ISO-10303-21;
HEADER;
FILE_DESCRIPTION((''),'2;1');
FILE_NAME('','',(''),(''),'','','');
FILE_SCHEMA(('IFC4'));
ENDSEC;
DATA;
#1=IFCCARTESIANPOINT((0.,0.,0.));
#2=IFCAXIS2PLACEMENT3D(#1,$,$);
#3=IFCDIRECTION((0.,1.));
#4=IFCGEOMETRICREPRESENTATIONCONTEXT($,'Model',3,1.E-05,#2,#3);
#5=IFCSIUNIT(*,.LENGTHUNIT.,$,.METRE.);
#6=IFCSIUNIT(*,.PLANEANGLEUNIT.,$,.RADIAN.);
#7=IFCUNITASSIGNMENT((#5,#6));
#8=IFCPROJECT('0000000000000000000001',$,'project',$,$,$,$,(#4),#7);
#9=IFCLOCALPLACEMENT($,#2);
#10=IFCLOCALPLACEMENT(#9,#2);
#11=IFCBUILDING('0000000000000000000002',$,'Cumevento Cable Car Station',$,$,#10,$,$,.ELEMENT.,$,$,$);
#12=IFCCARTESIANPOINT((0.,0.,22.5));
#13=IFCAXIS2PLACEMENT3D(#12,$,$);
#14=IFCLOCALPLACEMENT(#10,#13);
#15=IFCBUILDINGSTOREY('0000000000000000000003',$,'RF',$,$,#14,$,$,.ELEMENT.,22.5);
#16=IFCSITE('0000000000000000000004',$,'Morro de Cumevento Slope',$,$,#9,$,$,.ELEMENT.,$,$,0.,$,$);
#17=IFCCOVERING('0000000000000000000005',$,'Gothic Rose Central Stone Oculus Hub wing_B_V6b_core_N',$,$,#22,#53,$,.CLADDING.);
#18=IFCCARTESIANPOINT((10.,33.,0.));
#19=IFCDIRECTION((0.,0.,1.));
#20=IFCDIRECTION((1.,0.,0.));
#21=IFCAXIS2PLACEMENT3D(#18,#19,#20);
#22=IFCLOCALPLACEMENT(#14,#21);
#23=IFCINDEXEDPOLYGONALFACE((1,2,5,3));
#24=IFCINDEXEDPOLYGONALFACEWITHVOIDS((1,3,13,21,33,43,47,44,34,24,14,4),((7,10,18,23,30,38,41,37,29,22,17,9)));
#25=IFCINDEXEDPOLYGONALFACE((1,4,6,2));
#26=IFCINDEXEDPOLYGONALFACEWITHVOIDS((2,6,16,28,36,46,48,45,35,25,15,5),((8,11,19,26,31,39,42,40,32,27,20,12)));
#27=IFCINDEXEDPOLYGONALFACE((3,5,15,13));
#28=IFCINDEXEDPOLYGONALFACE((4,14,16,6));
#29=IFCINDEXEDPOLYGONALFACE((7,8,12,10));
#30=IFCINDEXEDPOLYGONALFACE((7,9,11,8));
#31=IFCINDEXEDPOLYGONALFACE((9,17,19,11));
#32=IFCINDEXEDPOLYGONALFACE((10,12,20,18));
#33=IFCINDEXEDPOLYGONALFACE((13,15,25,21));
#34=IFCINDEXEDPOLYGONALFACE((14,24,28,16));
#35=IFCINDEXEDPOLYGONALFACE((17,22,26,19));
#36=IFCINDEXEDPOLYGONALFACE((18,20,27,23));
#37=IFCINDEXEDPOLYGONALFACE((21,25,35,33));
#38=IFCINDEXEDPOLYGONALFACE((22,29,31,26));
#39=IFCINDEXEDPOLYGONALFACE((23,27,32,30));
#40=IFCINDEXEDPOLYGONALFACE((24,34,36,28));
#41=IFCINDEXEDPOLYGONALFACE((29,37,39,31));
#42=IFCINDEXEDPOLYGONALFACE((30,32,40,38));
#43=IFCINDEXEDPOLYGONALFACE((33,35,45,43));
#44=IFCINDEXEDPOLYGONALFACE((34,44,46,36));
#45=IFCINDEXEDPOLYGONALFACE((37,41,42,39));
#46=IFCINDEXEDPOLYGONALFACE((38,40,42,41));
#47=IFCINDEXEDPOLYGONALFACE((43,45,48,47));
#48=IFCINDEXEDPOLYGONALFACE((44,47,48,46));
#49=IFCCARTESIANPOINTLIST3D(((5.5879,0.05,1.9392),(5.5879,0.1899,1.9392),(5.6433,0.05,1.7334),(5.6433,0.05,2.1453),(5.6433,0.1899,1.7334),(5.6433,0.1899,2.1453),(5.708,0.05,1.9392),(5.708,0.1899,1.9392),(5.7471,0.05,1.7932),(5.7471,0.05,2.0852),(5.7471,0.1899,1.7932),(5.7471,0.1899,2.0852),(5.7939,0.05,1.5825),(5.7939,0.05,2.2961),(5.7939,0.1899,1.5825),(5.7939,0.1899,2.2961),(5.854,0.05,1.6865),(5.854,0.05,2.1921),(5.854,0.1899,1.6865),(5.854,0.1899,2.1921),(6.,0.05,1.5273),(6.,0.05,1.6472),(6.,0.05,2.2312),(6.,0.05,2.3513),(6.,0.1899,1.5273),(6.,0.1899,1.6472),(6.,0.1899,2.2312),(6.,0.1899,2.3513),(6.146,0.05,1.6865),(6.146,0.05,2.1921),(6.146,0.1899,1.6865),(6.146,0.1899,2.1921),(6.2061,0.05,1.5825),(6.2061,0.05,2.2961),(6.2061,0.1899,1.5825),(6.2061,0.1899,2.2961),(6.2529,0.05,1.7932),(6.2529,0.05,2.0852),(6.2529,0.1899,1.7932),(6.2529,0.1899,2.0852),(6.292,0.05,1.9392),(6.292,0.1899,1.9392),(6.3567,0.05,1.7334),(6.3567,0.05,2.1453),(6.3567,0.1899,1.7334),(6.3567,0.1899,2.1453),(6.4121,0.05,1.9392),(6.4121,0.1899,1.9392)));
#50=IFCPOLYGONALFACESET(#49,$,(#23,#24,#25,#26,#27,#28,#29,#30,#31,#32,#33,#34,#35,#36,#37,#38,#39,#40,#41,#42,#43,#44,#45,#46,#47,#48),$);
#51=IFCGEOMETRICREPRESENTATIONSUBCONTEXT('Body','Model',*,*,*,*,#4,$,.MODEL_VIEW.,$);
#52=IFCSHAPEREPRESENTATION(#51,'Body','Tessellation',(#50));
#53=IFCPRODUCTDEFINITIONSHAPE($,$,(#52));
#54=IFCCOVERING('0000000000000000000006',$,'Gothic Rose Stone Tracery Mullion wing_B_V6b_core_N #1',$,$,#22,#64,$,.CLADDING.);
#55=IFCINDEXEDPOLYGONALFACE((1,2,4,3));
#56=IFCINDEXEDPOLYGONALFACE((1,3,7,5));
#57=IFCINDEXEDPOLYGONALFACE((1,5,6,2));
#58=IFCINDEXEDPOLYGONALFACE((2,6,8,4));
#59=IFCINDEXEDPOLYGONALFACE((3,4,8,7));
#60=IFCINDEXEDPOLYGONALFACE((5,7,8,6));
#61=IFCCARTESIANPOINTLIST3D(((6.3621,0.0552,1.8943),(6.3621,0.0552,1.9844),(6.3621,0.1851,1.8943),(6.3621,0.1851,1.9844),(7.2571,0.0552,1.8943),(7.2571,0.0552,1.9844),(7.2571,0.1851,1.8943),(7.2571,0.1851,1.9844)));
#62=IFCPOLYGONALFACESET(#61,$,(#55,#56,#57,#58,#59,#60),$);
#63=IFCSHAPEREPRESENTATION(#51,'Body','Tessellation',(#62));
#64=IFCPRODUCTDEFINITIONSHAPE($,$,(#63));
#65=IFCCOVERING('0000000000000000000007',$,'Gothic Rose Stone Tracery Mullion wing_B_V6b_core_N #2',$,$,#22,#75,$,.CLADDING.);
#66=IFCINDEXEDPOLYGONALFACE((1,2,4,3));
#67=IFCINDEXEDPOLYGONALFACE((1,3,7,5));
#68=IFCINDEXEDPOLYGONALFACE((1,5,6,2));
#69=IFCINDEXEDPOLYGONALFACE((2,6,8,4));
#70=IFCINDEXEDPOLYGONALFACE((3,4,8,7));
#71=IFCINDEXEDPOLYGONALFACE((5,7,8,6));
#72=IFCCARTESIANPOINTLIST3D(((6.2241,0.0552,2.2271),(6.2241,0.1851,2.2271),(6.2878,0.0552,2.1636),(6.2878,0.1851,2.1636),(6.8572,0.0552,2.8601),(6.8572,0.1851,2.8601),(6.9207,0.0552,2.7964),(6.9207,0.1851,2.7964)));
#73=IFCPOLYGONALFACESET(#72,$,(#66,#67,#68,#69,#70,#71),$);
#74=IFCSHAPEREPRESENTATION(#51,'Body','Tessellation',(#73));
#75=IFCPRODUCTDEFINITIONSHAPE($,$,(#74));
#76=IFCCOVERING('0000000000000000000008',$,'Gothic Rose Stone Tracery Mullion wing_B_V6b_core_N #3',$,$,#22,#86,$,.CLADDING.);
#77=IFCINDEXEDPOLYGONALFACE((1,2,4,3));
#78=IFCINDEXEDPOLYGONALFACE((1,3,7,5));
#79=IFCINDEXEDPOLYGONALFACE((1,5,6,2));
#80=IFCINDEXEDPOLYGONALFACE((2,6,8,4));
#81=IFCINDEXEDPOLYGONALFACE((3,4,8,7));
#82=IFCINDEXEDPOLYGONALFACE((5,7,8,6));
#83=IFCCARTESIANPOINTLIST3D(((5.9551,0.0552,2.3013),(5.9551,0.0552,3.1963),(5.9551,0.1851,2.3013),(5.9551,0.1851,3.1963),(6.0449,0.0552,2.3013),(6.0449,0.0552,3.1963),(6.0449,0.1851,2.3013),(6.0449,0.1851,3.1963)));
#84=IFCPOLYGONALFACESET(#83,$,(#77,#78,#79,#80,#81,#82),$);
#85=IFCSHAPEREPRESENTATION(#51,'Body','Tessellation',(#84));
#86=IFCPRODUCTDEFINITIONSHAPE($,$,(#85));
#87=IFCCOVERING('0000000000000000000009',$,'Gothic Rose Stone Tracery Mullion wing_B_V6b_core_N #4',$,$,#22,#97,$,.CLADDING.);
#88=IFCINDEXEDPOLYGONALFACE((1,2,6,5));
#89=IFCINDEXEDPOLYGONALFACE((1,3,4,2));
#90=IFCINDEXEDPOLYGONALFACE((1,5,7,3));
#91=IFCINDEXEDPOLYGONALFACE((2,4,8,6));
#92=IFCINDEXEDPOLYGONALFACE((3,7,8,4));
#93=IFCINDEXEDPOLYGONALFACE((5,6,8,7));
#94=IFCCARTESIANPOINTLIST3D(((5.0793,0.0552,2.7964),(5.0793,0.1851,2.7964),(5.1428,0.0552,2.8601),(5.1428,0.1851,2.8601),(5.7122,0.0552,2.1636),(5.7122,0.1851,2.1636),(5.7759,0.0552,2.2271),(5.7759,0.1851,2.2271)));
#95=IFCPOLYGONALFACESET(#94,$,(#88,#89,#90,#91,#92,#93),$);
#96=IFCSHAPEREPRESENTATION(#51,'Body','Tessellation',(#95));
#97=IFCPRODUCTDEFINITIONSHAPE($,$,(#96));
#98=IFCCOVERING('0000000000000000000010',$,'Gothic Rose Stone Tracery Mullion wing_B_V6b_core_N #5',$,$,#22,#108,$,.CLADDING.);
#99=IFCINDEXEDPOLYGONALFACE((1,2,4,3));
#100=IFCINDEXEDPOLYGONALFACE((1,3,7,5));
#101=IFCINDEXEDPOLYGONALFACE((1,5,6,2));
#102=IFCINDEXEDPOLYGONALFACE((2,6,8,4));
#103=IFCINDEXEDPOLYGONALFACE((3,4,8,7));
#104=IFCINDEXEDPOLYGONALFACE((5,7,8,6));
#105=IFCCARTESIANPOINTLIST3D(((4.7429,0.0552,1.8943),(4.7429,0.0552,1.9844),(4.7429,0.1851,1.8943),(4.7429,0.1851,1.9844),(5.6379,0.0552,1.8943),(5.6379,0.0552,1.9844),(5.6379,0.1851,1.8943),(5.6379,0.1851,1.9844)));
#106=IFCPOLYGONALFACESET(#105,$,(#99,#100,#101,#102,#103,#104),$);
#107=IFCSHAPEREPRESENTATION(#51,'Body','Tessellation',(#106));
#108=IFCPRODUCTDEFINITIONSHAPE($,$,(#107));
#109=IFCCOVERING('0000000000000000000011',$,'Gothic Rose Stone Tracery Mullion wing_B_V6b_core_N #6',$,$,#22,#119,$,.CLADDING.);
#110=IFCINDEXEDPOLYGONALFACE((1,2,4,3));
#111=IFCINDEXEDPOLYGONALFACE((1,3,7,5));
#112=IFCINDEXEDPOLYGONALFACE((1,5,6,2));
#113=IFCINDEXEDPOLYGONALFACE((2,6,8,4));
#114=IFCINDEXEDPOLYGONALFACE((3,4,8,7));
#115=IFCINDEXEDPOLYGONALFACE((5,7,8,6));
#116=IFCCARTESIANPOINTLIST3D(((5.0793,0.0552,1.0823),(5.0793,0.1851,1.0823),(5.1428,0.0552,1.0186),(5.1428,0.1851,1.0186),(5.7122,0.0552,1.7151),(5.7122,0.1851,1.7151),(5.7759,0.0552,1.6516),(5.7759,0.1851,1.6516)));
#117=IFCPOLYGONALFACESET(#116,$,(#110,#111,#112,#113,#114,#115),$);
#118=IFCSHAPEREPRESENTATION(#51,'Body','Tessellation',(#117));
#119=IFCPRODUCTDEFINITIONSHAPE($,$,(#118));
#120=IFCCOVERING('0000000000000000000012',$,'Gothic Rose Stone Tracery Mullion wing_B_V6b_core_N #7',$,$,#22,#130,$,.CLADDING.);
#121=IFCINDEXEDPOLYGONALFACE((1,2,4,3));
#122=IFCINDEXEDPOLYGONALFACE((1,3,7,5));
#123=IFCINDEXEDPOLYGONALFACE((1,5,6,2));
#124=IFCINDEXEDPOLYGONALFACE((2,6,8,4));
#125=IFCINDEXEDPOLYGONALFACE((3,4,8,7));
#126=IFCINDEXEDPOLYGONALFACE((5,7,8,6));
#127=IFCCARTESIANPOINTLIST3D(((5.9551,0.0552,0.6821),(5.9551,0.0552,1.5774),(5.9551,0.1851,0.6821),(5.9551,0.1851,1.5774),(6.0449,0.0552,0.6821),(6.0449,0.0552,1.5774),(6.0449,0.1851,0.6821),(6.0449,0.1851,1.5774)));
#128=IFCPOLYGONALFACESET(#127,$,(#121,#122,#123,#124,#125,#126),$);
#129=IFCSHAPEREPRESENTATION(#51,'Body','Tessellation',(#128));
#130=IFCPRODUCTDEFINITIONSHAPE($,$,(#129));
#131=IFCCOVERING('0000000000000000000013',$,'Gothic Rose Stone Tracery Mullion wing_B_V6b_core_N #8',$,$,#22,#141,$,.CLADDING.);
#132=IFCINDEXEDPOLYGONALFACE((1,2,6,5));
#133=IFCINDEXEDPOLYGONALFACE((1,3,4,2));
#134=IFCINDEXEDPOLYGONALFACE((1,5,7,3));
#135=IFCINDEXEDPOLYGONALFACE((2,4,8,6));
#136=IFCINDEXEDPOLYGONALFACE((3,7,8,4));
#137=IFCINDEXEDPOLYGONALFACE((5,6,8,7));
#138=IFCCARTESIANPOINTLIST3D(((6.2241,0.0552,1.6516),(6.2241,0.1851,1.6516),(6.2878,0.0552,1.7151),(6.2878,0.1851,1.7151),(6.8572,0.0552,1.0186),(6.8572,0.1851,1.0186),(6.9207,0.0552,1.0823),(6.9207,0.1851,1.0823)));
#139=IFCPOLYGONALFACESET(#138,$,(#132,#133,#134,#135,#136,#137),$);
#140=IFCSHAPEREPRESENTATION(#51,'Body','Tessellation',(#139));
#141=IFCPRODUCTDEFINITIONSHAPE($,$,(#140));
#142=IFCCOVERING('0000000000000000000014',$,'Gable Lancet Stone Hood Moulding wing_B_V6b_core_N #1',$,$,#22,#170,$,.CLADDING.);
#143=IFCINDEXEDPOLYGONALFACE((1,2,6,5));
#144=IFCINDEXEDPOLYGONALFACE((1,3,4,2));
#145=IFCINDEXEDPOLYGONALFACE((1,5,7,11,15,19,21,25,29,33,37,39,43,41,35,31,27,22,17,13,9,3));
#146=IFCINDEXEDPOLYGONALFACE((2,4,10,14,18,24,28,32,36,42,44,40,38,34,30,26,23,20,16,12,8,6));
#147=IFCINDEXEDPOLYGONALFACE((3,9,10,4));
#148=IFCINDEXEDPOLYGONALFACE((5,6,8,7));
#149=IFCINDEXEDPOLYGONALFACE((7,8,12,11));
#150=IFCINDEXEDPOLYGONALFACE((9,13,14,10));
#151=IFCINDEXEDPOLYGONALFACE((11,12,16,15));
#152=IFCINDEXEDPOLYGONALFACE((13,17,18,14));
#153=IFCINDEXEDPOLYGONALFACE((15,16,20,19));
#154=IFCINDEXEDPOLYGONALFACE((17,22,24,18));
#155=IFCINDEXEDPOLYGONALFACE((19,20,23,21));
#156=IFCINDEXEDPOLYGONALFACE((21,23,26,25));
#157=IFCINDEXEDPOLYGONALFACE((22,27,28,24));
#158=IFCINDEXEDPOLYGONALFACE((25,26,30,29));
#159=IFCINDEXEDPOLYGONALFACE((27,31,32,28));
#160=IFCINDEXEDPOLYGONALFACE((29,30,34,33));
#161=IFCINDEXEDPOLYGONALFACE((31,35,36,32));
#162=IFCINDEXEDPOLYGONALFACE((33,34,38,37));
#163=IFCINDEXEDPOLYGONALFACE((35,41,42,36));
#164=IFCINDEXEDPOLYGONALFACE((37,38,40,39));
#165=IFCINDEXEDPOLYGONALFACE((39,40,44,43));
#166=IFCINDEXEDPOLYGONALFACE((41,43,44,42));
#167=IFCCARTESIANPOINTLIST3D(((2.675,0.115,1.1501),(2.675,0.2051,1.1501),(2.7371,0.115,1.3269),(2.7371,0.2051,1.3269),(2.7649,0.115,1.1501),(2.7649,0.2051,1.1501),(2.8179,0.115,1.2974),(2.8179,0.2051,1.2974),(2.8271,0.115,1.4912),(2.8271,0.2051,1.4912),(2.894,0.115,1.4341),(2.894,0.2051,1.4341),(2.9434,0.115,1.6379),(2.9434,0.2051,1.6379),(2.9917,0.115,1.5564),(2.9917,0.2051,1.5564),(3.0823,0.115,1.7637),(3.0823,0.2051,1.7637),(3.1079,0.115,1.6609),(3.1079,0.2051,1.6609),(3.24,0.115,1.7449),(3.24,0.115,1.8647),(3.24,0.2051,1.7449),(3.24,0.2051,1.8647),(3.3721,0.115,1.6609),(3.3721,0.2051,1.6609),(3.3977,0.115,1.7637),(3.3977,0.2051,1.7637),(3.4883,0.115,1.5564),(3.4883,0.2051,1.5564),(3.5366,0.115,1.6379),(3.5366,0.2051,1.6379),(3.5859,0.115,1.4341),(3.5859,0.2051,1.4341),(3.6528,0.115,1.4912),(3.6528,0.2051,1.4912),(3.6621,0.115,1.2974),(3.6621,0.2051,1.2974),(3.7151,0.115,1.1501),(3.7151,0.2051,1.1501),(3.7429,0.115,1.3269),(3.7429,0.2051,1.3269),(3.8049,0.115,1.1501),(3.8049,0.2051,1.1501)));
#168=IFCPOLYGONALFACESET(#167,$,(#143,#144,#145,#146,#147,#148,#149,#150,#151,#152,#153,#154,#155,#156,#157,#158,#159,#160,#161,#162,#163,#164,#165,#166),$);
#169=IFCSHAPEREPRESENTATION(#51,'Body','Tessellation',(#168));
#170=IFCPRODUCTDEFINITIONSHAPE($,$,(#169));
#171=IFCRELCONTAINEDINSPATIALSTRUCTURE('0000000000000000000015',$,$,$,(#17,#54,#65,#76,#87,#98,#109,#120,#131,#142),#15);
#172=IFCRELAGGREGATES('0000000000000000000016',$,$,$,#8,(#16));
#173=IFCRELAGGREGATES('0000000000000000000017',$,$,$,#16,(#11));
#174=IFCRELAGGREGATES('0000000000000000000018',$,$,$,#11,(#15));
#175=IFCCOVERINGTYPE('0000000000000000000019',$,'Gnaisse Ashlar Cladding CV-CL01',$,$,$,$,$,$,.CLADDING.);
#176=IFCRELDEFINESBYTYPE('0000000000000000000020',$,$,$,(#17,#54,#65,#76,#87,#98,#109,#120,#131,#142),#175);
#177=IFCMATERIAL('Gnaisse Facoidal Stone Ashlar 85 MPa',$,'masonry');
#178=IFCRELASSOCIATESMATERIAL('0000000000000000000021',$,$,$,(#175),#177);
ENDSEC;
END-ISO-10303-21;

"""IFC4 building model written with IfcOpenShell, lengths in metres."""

from ifc_helpers import new_model, si_unit, direction, frame, origin, place, context, subcontext, project, spatial, polyline, outline, extrude, material, type_object, element, save


model = new_model("IFC4")

# Units and contexts
model_context = context("Model", 3, precision=1e-05, world=origin(), true_north=direction((0.0, 1.0)))
body_context = subcontext(model_context, "Body", "Model", "MODEL_VIEW")
ifc_project = project(units=[si_unit("LENGTHUNIT", "METRE"), si_unit("PLANEANGLEUNIT", "RADIAN")], contexts=[model_context])

# Site, building, storey
site_placement = place(None, origin())
site = spatial("IfcSite", under=ifc_project, at=site_placement, Name="Morro de Cumevento Slope", CompositionType="ELEMENT", RefElevation=0.0)
building_placement = place(site_placement, origin())
building = spatial("IfcBuilding", under=site, at=building_placement, Name="Cumevento Cable Car Station", CompositionType="ELEMENT")
storey_placement = place(building_placement, frame((0.0, 0.0, 22.5)))
storey = spatial("IfcBuildingStorey", under=building, at=storey_placement, Name="RF", CompositionType="ELEMENT", Elevation=22.5)

# Coverings
ifc_material_1 = material(Name="Gnaisse Facoidal Stone Ashlar 85 MPa", Category="masonry")
covering_type_1 = type_object("IfcCoveringType", Name="Gnaisse Ashlar Cladding CV-CL01", PredefinedType="CLADDING", material=ifc_material_1)
placement = place(storey_placement, frame((10.0, 33.0, 0.0), z_axis=(0.0, 0.0, 1.0), x_axis=(1.0, 0.0, 0.0)))
element("IfcCovering", 1, at=placement, inside=storey, type_object=covering_type_1, Name="Gothic Rose Central Stone Oculus Hub wing_B_V6b_core_N", PredefinedType="CLADDING", context=body_context, shape_type="SweptSolid", body=[
    extrude(outline(polyline([(6.4121, 1.9392), (6.3567, 2.1453), (6.2061, 2.2961), (6.0, 2.3513), (5.7939, 2.2961), (5.6433, 2.1453), (5.5879, 1.9392), (5.6433, 1.7334), (5.7939, 1.5825), (6.0, 1.5273), (6.2061, 1.5825), (6.3567, 1.7334), (6.4121, 1.9392)]), holes=[polyline([(6.292, 1.9392), (6.2529, 2.0852), (6.146, 2.1921), (6.0, 2.2312), (5.854, 2.1921), (5.7471, 2.0852), (5.708, 1.9392), (5.7471, 1.7932), (5.854, 1.6865), (6.0, 1.6472), (6.146, 1.6865), (6.2529, 1.7932), (6.292, 1.9392)])]), frame((0.0, 0.1899, 0.0), z_axis=(0.0, -1.0, 0.0), x_axis=(1.0, 0.0, 0.0)), (0.0, 0.0, 1.0), 0.1399),
])
element("IfcCovering", 2, at=placement, inside=storey, type_object=covering_type_1, Name="Gothic Rose Stone Tracery Mullion wing_B_V6b_core_N #1", PredefinedType="CLADDING", context=body_context, shape_type="SweptSolid", body=[
    extrude(outline(polyline([(6.3621, 1.9844), (7.2571, 1.9844), (7.2571, 1.8943), (6.3621, 1.8943), (6.3621, 1.9844)])), frame((0.0, 0.1851, 0.0), z_axis=(0.0, -1.0, 0.0), x_axis=(1.0, 0.0, 0.0)), (0.0, 0.0, 1.0), 0.1299),
])
element("IfcCovering", 3, at=placement, inside=storey, type_object=covering_type_1, Name="Gothic Rose Stone Tracery Mullion wing_B_V6b_core_N #2", PredefinedType="CLADDING", context=body_context, shape_type="SweptSolid", body=[
    extrude(outline(polyline([(6.2241, 2.2271), (6.8572, 2.8601), (6.9207, 2.7964), (6.2878, 2.1636), (6.2241, 2.2271)])), frame((0.0, 0.1851, 0.0), z_axis=(0.0, -1.0, 0.0), x_axis=(1.0, 0.0, 0.0)), (0.0, 0.0, 1.0), 0.1299),
])
element("IfcCovering", 4, at=placement, inside=storey, type_object=covering_type_1, Name="Gothic Rose Stone Tracery Mullion wing_B_V6b_core_N #3", PredefinedType="CLADDING", context=body_context, shape_type="SweptSolid", body=[
    extrude(outline(polyline([(5.9551, 2.3013), (5.9551, 3.1963), (6.0449, 3.1963), (6.0449, 2.3013), (5.9551, 2.3013)])), frame((0.0, 0.1851, 0.0), z_axis=(0.0, -1.0, 0.0), x_axis=(1.0, 0.0, 0.0)), (0.0, 0.0, 1.0), 0.1299),
])
element("IfcCovering", 5, at=placement, inside=storey, type_object=covering_type_1, Name="Gothic Rose Stone Tracery Mullion wing_B_V6b_core_N #4", PredefinedType="CLADDING", context=body_context, shape_type="SweptSolid", body=[
    extrude(outline(polyline([(5.7122, 2.1636), (5.0793, 2.7964), (5.1428, 2.8601), (5.7759, 2.2271), (5.7122, 2.1636)])), frame((0.0, 0.1851, 0.0), z_axis=(0.0, -1.0, 0.0), x_axis=(1.0, 0.0, 0.0)), (0.0, 0.0, 1.0), 0.1299),
])
element("IfcCovering", 6, at=placement, inside=storey, type_object=covering_type_1, Name="Gothic Rose Stone Tracery Mullion wing_B_V6b_core_N #5", PredefinedType="CLADDING", context=body_context, shape_type="SweptSolid", body=[
    extrude(outline(polyline([(5.6379, 1.8943), (4.7429, 1.8943), (4.7429, 1.9844), (5.6379, 1.9844), (5.6379, 1.8943)])), frame((0.0, 0.1851, 0.0), z_axis=(0.0, -1.0, 0.0), x_axis=(1.0, 0.0, 0.0)), (0.0, 0.0, 1.0), 0.1299),
])
element("IfcCovering", 7, at=placement, inside=storey, type_object=covering_type_1, Name="Gothic Rose Stone Tracery Mullion wing_B_V6b_core_N #6", PredefinedType="CLADDING", context=body_context, shape_type="SweptSolid", body=[
    extrude(outline(polyline([(5.7759, 1.6516), (5.1428, 1.0186), (5.0793, 1.0823), (5.7122, 1.7151), (5.7759, 1.6516)])), frame((0.0, 0.1851, 0.0), z_axis=(0.0, -1.0, 0.0), x_axis=(1.0, 0.0, 0.0)), (0.0, 0.0, 1.0), 0.1299),
])
element("IfcCovering", 8, at=placement, inside=storey, type_object=covering_type_1, Name="Gothic Rose Stone Tracery Mullion wing_B_V6b_core_N #7", PredefinedType="CLADDING", context=body_context, shape_type="SweptSolid", body=[
    extrude(outline(polyline([(6.0449, 1.5774), (6.0449, 0.6821), (5.9551, 0.6821), (5.9551, 1.5774), (6.0449, 1.5774)])), frame((0.0, 0.1851, 0.0), z_axis=(0.0, -1.0, 0.0), x_axis=(1.0, 0.0, 0.0)), (0.0, 0.0, 1.0), 0.1299),
])
element("IfcCovering", 9, at=placement, inside=storey, type_object=covering_type_1, Name="Gothic Rose Stone Tracery Mullion wing_B_V6b_core_N #8", PredefinedType="CLADDING", context=body_context, shape_type="SweptSolid", body=[
    extrude(outline(polyline([(6.2878, 1.7151), (6.9207, 1.0823), (6.8572, 1.0186), (6.2241, 1.6516), (6.2878, 1.7151)])), frame((0.0, 0.1851, 0.0), z_axis=(0.0, -1.0, 0.0), x_axis=(1.0, 0.0, 0.0)), (0.0, 0.0, 1.0), 0.1299),
])
element("IfcCovering", 10, at=placement, inside=storey, type_object=covering_type_1, Name="Gable Lancet Stone Hood Moulding wing_B_V6b_core_N #1", PredefinedType="CLADDING", context=body_context, shape_type="SweptSolid", body=[
    extrude(outline(polyline([(2.7649, 1.1501), (2.8179, 1.2974), (2.894, 1.4341), (2.9917, 1.5564), (3.1079, 1.6609), (3.24, 1.7449), (3.3721, 1.6609), (3.4883, 1.5564), (3.5859, 1.4341), (3.6621, 1.2974), (3.7151, 1.1501), (3.8049, 1.1501), (3.7429, 1.3269), (3.6528, 1.4912), (3.5366, 1.6379), (3.3977, 1.7637), (3.24, 1.8647), (3.0823, 1.7637), (2.9434, 1.6379), (2.8271, 1.4912), (2.7371, 1.3269), (2.675, 1.1501), (2.7649, 1.1501)])), frame((0.0, 0.2051, 0.0), z_axis=(0.0, -1.0, 0.0), x_axis=(1.0, 0.0, 0.0)), (0.0, 0.0, 1.0), 0.0901),
])

save(model, "model.ifc")
